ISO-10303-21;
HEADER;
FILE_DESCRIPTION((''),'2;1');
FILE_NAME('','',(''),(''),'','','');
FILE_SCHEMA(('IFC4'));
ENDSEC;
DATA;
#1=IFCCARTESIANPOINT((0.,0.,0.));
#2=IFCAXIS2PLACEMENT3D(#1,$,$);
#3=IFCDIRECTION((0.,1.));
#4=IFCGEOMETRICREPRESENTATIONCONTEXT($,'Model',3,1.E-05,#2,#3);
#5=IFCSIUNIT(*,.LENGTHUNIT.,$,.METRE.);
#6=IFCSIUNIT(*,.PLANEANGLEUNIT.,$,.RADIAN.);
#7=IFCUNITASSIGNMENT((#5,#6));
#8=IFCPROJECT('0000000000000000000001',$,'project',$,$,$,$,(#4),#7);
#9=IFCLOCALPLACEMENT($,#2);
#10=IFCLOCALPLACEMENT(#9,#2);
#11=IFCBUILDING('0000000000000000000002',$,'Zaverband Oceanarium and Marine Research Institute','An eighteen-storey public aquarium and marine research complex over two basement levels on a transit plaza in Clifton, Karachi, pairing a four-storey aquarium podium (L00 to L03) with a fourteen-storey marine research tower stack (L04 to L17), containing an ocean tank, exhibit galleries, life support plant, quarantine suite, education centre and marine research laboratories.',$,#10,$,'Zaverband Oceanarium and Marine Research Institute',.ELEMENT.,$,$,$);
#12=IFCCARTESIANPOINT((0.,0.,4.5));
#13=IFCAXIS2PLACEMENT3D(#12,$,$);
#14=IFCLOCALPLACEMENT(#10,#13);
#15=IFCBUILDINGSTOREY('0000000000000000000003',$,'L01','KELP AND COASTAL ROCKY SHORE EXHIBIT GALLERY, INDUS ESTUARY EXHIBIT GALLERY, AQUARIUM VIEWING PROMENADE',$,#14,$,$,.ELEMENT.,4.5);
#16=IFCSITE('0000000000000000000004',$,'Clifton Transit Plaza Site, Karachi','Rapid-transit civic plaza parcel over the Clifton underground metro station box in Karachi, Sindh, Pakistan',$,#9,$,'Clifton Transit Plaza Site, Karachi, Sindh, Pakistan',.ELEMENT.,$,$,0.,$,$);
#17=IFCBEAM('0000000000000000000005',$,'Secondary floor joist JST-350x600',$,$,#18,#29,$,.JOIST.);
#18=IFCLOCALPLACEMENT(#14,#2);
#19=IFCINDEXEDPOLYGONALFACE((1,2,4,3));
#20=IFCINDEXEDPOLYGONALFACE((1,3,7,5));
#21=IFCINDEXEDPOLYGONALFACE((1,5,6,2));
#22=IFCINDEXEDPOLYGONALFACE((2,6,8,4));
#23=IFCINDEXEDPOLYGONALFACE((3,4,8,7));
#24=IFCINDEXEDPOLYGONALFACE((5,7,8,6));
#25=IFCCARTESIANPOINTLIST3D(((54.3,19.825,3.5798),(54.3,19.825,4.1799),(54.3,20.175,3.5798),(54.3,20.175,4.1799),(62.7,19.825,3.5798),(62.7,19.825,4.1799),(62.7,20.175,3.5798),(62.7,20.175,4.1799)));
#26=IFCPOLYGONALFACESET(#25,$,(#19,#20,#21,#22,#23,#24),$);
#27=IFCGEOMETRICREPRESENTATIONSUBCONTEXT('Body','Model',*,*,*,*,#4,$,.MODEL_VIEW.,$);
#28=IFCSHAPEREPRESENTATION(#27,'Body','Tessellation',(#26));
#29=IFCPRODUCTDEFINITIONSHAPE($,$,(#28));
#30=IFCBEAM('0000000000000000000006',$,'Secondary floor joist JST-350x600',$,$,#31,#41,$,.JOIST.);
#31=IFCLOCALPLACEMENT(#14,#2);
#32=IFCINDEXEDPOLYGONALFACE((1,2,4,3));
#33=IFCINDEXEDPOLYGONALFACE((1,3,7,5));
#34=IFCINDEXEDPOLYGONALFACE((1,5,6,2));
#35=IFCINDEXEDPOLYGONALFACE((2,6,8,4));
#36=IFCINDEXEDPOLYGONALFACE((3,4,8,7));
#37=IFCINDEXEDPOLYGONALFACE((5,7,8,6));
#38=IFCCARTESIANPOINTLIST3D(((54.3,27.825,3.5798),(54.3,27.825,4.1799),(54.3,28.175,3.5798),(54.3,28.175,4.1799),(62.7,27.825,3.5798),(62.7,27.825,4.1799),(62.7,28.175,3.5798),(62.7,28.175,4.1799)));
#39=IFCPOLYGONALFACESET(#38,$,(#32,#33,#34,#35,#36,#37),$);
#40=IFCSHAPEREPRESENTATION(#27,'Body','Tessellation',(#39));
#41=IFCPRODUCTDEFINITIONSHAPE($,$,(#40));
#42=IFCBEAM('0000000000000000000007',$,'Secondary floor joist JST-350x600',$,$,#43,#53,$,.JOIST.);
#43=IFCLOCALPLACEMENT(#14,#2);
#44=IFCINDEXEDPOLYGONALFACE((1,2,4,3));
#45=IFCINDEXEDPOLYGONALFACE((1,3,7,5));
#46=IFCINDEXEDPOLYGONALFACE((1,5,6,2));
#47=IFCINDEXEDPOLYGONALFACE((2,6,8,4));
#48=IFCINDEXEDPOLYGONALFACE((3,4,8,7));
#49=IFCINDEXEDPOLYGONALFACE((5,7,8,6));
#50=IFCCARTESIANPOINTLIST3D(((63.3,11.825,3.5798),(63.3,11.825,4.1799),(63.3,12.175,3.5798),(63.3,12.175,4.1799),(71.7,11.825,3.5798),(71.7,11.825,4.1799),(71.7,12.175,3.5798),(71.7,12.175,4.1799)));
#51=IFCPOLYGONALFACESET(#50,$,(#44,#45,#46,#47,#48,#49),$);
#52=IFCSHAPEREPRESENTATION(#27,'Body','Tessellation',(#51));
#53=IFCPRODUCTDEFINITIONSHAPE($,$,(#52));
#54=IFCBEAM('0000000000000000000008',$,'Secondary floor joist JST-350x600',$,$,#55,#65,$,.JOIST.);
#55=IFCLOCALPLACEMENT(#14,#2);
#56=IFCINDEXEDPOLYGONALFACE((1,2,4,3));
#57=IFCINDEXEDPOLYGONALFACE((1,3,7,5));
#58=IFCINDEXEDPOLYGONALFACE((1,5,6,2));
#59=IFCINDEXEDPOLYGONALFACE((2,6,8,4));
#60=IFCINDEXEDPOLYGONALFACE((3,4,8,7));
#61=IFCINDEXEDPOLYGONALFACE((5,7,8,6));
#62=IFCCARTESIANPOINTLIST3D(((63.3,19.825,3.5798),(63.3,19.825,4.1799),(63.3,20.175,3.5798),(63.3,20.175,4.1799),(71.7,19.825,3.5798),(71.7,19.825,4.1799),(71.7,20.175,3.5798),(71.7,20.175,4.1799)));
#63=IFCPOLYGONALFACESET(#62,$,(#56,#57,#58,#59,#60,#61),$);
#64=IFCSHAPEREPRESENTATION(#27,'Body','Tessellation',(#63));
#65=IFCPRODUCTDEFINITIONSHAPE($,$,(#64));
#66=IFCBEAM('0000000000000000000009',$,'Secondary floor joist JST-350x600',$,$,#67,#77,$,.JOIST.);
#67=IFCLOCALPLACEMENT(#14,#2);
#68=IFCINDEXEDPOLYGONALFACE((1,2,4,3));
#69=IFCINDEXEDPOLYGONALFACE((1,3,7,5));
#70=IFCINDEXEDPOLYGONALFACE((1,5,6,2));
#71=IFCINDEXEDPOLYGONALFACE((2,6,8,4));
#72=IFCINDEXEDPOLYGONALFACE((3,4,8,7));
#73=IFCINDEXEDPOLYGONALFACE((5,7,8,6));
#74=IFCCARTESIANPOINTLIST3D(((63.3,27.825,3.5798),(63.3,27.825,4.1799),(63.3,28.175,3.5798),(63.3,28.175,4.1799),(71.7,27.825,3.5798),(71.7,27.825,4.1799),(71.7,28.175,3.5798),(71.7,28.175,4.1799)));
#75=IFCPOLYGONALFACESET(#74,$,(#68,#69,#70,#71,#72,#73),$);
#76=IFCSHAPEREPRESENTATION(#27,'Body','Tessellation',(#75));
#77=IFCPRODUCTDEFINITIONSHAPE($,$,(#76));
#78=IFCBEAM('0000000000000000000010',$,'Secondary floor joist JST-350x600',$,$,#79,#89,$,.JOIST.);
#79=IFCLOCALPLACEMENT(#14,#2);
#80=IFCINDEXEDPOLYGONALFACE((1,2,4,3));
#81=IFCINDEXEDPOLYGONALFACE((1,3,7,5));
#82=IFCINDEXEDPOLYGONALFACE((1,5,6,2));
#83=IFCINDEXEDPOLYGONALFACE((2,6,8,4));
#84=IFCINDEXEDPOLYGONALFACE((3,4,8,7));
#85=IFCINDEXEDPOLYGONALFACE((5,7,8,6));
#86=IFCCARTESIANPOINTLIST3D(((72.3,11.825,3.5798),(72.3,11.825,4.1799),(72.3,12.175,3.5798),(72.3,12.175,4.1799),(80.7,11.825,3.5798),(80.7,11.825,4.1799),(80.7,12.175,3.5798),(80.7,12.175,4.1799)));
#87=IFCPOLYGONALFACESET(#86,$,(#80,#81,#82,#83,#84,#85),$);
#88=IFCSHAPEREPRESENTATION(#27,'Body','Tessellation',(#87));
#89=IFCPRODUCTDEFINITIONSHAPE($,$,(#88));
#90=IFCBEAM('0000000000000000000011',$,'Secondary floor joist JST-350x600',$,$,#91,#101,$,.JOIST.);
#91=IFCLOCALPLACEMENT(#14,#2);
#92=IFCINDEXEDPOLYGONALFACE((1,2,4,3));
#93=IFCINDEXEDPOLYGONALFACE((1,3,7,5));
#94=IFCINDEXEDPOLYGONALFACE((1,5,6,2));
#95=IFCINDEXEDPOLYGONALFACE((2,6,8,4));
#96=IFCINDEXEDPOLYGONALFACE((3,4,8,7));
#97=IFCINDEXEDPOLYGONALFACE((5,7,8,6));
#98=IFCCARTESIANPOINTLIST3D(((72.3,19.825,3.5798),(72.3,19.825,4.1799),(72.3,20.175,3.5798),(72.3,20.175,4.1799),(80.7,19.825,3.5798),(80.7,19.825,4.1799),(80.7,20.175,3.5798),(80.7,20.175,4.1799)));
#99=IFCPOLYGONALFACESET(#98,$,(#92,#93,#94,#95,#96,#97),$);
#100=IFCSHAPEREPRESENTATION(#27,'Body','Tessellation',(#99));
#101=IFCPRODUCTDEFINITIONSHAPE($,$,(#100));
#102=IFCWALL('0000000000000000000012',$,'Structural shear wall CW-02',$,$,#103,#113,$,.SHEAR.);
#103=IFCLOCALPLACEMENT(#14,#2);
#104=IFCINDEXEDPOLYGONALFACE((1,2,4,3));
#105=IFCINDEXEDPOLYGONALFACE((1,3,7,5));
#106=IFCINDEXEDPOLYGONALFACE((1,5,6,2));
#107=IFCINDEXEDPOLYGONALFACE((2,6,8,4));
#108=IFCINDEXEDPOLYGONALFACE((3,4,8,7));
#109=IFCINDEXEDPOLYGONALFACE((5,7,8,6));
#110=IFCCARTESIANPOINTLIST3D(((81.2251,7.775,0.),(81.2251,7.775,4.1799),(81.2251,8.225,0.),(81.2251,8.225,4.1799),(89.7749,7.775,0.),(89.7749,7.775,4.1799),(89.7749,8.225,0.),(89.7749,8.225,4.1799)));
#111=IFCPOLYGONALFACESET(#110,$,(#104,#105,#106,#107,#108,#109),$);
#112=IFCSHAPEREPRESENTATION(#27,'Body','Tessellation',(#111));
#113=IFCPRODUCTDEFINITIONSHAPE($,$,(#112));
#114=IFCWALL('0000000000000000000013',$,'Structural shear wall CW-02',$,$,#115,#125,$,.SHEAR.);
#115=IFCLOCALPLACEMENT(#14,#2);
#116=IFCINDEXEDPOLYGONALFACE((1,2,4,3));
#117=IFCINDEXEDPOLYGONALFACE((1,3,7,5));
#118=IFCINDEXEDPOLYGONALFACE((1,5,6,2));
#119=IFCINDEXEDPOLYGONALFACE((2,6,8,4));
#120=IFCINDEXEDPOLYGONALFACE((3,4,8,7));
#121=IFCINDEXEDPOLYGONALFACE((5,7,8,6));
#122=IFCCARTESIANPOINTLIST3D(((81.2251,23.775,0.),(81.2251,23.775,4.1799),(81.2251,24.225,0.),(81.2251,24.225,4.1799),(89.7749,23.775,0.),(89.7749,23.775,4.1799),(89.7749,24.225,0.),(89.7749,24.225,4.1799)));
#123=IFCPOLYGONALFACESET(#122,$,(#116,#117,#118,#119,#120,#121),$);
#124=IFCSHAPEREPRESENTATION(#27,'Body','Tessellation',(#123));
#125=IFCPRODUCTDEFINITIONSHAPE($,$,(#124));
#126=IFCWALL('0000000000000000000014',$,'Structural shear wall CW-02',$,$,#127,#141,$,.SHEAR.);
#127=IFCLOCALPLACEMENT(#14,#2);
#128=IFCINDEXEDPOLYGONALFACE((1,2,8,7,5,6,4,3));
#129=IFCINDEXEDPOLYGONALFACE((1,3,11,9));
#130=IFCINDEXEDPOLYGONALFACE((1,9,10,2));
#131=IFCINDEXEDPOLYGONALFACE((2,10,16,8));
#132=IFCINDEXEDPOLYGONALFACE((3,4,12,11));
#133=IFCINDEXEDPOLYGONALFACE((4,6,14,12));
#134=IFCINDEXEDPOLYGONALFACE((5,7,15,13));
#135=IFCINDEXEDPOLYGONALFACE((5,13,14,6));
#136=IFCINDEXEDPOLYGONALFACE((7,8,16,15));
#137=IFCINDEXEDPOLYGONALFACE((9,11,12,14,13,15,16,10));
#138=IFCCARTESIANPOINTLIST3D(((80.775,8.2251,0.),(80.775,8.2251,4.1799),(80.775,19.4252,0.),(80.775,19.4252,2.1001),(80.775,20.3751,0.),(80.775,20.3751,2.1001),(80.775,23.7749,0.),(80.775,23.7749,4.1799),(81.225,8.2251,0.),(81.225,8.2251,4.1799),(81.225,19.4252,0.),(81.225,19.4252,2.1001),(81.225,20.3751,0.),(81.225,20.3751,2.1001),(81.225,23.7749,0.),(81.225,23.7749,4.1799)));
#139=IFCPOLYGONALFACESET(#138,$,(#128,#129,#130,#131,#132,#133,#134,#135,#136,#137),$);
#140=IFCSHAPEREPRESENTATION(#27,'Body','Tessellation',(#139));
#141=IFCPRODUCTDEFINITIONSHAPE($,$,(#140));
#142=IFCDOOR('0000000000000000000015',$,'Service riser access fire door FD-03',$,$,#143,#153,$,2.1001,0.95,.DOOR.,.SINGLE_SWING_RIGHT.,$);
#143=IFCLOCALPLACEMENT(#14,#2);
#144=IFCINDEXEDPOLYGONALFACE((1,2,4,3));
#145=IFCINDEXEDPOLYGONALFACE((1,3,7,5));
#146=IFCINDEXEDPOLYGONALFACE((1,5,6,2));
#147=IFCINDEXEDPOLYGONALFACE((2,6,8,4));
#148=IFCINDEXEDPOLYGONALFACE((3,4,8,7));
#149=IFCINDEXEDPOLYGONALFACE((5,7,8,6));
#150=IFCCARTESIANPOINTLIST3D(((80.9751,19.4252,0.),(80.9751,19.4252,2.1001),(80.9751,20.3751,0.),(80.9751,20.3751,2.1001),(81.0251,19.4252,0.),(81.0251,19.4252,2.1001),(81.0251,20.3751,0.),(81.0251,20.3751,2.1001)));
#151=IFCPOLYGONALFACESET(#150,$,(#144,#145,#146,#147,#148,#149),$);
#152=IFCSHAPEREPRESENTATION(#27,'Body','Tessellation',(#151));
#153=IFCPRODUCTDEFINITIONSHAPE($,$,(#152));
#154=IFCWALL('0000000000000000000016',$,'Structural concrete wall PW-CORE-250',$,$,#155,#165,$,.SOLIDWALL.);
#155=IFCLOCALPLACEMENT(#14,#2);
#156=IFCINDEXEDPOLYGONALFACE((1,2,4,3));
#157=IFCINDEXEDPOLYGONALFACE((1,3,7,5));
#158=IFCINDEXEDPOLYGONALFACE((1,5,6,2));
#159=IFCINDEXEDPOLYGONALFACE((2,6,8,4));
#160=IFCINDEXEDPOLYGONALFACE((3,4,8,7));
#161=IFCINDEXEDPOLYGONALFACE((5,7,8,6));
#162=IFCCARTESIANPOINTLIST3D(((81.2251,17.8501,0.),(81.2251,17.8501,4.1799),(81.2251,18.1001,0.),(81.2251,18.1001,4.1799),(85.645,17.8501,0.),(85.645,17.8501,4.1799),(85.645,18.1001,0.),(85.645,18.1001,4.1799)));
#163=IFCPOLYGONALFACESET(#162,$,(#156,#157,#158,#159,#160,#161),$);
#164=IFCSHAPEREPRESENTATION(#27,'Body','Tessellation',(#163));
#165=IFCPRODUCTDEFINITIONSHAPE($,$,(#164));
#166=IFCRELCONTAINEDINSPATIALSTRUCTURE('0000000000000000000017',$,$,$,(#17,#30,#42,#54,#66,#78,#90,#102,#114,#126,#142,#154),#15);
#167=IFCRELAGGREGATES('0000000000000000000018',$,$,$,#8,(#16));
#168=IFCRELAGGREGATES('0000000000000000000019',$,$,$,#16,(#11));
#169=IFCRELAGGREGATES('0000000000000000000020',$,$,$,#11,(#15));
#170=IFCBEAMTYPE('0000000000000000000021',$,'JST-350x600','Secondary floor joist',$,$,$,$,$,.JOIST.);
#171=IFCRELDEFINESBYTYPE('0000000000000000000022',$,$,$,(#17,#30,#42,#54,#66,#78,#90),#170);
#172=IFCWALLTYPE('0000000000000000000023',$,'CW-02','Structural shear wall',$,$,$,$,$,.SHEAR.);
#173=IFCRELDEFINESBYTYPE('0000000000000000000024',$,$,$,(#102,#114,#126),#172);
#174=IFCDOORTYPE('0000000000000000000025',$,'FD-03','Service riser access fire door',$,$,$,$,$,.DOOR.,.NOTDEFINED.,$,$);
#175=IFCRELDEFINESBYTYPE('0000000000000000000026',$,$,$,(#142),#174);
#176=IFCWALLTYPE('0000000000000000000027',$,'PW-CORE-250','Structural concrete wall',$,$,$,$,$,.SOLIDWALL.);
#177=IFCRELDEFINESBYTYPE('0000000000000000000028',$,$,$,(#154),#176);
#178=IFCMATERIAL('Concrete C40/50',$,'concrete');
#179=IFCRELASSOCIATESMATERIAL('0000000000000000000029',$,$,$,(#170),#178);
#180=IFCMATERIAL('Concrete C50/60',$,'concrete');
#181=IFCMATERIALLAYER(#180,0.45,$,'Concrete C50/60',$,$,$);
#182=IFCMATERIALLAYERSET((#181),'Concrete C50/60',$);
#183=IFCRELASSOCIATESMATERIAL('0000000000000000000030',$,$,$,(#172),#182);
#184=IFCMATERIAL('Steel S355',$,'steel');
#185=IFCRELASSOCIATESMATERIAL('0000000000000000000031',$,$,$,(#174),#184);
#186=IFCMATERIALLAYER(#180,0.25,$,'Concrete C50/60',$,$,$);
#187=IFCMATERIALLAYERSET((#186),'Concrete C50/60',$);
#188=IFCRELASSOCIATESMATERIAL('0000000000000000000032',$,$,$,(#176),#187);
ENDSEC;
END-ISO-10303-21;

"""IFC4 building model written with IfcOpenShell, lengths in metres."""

from ifc_helpers import new_model, si_unit, direction, frame, frame_2d, origin, origin_2d, place, context, subcontext, project, spatial, rectangle, extrude, material, layer, layer_set, material_profile, profile_set, type_object, element, fill, save


model = new_model("IFC4")

# Units and contexts
model_context = context("Model", 3, precision=1e-05, world=origin(), true_north=direction((0.0, 1.0)))
body_context = subcontext(model_context, "Body", "Model", "MODEL_VIEW")
ifc_project = project(units=[si_unit("LENGTHUNIT", "METRE"), si_unit("PLANEANGLEUNIT", "RADIAN")], contexts=[model_context])

# Site, building, storey
site_placement = place(None, origin())
site = spatial("IfcSite", under=ifc_project, at=site_placement, Name="Clifton Transit Plaza Site, Karachi", Description="Rapid-transit civic plaza parcel over the Clifton underground metro station box in Karachi, Sindh, Pakistan", LongName="Clifton Transit Plaza Site, Karachi, Sindh, Pakistan", CompositionType="ELEMENT", RefElevation=0.0)
building_placement = place(site_placement, origin())
building = spatial("IfcBuilding", under=site, at=building_placement, Name="Zaverband Oceanarium and Marine Research Institute", Description="An eighteen-storey public aquarium and marine research complex over two basement levels on a transit plaza in Clifton, Karachi, pairing a four-storey aquarium podium (L00 to L03) with a fourteen-storey marine research tower stack (L04 to L17), containing an ocean tank, exhibit galleries, life support plant, quarantine suite, education centre and marine research laboratories.", LongName="Zaverband Oceanarium and Marine Research Institute", CompositionType="ELEMENT")
storey_placement = place(building_placement, frame((0.0, 0.0, 4.5)))
storey = spatial("IfcBuildingStorey", under=building, at=storey_placement, Name="L01", Description="KELP AND COASTAL ROCKY SHORE EXHIBIT GALLERY, INDUS ESTUARY EXHIBIT GALLERY, AQUARIUM VIEWING PROMENADE", CompositionType="ELEMENT", Elevation=4.5)

# Shared definitions
ifc_material_1 = material(Name="Concrete C50/60", Category="concrete")

# Beams
ifc_material_2 = material(Name="Concrete C40/50", Category="concrete")
ifc_material_profile_1 = material_profile(ifc_material_2, rectangle(XDim=0.3501, YDim=0.6001, at=origin_2d()), Name="RC350x600")
ifc_profile_set_1 = profile_set([ifc_material_profile_1], Name="Concrete C40/50")
beam_type_1 = type_object("IfcBeamType", Name="JST-350x600", Description="Secondary floor joist", PredefinedType="JOIST", material=ifc_profile_set_1)
for number, where, z_axis, x_axis, name in (
    (1, (54.3, 20.0, 3.8799), (1.0, 0.0, 0.0), (0.0, 1.0, 0.0), "Secondary floor joist JST-350x600"),
    (2, (54.3, 28.0, 3.8799), (1.0, 0.0, 0.0), (0.0, 1.0, 0.0), "Secondary floor joist JST-350x600"),
    (3, (63.3, 12.0, 3.8799), (1.0, 0.0, 0.0), (0.0, 1.0, 0.0), "Secondary floor joist JST-350x600"),
    (4, (63.3, 20.0, 3.8799), (1.0, 0.0, 0.0), (0.0, 1.0, 0.0), "Secondary floor joist JST-350x600"),
    (5, (63.3, 28.0, 3.8799), (1.0, 0.0, 0.0), (0.0, 1.0, 0.0), "Secondary floor joist JST-350x600"),
    (6, (72.3, 12.0, 3.8799), (1.0, 0.0, 0.0), (0.0, 1.0, 0.0), "Secondary floor joist JST-350x600"),
    (7, (72.3, 20.0, 3.8799), (1.0, 0.0, 0.0), (0.0, 1.0, 0.0), "Secondary floor joist JST-350x600"),
):
    element("IfcBeam", number, at=place(storey_placement, frame(where, z_axis=z_axis, x_axis=x_axis)), inside=storey, type_object=beam_type_1, Name=name, PredefinedType="JOIST", context=body_context, shape_type="SweptSolid", body=[
        extrude(rectangle(XDim=0.3501, YDim=0.6001, at=origin_2d()), origin(), (0.0, 0.0, 1.0), 8.3999),
    ])

# Walls
ifc_layer_1 = layer(ifc_material_1, 0.45, Name="Concrete C50/60")
ifc_layer_set_1 = layer_set([ifc_layer_1], Name="Concrete C50/60")
wall_type_1 = type_object("IfcWallType", Name="CW-02", Description="Structural shear wall", PredefinedType="SHEAR", material=ifc_layer_set_1)
for number, where, z_axis, x_axis, name in (
    (8, (81.2251, 8.0, 0.0), (0.0, 0.0, 1.0), (1.0, 0.0, 0.0), "Structural shear wall CW-02"),
    (9, (81.2251, 24.0, 0.0), (0.0, 0.0, 1.0), (1.0, 0.0, 0.0), "Structural shear wall CW-02"),
):
    element("IfcWall", number, at=place(storey_placement, frame(where, z_axis=z_axis, x_axis=x_axis)), inside=storey, type_object=wall_type_1, Name=name, PredefinedType="SHEAR", context=body_context, shape_type="SweptSolid", body=[
        extrude(rectangle(XDim=8.5498, YDim=0.45, at=frame_2d((4.2749, 0.0))), origin(), (0.0, 0.0, 1.0), 4.1799),
    ])

# Wall, opening, door
wall_1_placement = place(storey_placement, frame((81.0, 8.2251, 0.0), z_axis=(0.0, 0.0, 1.0), x_axis=(0.0, 1.0, 0.0)))
wall_1 = element("IfcWall", 10, at=wall_1_placement, inside=storey, type_object=wall_type_1, Name="Structural shear wall CW-02", PredefinedType="SHEAR", context=body_context, shape_type="SweptSolid", body=[
    extrude(rectangle(XDim=15.5498, YDim=0.45, at=frame_2d((7.7749, 0.0))), origin(), (0.0, 0.0, 1.0), 4.1799),
])
opening_placement = place(wall_1_placement, frame((11.2, 0.0, 0.0)))
opening = element("IfcOpeningElement", 11, at=opening_placement, cuts=wall_1, PredefinedType="OPENING", context=body_context, shape_type="SweptSolid", body=[
    extrude(rectangle(XDim=0.95, YDim=2.1001, at=frame_2d((0.4751, 1.05))), frame((0.0, 0.2368, 0.0), z_axis=(0.0, -1.0, 0.0), x_axis=(1.0, 0.0, 0.0)), (0.0, 0.0, 1.0), 0.4739),
])
ifc_material_3 = material(Name="Steel S355", Category="steel")
door_type = type_object("IfcDoorType", Name="FD-03", Description="Service riser access fire door", OperationType="NOTDEFINED", PredefinedType="DOOR", material=ifc_material_3)
door_placement = place(opening_placement, origin())
door = element("IfcDoor", 12, at=door_placement, inside=storey, type_object=door_type, Name="Service riser access fire door FD-03", OperationType="SINGLE_SWING_RIGHT", OverallHeight=2.1001, OverallWidth=0.95, PredefinedType="DOOR", context=body_context, shape_type="SweptSolid", body=[
    extrude(rectangle(XDim=0.95, YDim=2.1001, at=frame_2d((0.4751, 1.05))), frame((0.0, 0.0249, 0.0), z_axis=(0.0, -1.0, 0.0), x_axis=(1.0, 0.0, 0.0)), (0.0, 0.0, 1.0), 0.05),
])
fill(opening, door)

# Wall
ifc_layer_2 = layer(ifc_material_1, 0.25, Name="Concrete C50/60")
ifc_layer_set_2 = layer_set([ifc_layer_2], Name="Concrete C50/60")
wall_type_2 = type_object("IfcWallType", Name="PW-CORE-250", Description="Structural concrete wall", PredefinedType="SOLIDWALL", material=ifc_layer_set_2)
wall_2_placement = place(storey_placement, frame((81.2251, 17.9751, 0.0), z_axis=(0.0, 0.0, 1.0), x_axis=(1.0, 0.0, 0.0)))
element("IfcWall", 13, at=wall_2_placement, inside=storey, type_object=wall_type_2, Name="Structural concrete wall PW-CORE-250", PredefinedType="SOLIDWALL", context=body_context, shape_type="SweptSolid", body=[
    extrude(rectangle(XDim=4.4199, YDim=0.25, at=frame_2d((2.21, 0.0))), origin(), (0.0, 0.0, 1.0), 4.1799),
])

save(model, "model.ifc")
